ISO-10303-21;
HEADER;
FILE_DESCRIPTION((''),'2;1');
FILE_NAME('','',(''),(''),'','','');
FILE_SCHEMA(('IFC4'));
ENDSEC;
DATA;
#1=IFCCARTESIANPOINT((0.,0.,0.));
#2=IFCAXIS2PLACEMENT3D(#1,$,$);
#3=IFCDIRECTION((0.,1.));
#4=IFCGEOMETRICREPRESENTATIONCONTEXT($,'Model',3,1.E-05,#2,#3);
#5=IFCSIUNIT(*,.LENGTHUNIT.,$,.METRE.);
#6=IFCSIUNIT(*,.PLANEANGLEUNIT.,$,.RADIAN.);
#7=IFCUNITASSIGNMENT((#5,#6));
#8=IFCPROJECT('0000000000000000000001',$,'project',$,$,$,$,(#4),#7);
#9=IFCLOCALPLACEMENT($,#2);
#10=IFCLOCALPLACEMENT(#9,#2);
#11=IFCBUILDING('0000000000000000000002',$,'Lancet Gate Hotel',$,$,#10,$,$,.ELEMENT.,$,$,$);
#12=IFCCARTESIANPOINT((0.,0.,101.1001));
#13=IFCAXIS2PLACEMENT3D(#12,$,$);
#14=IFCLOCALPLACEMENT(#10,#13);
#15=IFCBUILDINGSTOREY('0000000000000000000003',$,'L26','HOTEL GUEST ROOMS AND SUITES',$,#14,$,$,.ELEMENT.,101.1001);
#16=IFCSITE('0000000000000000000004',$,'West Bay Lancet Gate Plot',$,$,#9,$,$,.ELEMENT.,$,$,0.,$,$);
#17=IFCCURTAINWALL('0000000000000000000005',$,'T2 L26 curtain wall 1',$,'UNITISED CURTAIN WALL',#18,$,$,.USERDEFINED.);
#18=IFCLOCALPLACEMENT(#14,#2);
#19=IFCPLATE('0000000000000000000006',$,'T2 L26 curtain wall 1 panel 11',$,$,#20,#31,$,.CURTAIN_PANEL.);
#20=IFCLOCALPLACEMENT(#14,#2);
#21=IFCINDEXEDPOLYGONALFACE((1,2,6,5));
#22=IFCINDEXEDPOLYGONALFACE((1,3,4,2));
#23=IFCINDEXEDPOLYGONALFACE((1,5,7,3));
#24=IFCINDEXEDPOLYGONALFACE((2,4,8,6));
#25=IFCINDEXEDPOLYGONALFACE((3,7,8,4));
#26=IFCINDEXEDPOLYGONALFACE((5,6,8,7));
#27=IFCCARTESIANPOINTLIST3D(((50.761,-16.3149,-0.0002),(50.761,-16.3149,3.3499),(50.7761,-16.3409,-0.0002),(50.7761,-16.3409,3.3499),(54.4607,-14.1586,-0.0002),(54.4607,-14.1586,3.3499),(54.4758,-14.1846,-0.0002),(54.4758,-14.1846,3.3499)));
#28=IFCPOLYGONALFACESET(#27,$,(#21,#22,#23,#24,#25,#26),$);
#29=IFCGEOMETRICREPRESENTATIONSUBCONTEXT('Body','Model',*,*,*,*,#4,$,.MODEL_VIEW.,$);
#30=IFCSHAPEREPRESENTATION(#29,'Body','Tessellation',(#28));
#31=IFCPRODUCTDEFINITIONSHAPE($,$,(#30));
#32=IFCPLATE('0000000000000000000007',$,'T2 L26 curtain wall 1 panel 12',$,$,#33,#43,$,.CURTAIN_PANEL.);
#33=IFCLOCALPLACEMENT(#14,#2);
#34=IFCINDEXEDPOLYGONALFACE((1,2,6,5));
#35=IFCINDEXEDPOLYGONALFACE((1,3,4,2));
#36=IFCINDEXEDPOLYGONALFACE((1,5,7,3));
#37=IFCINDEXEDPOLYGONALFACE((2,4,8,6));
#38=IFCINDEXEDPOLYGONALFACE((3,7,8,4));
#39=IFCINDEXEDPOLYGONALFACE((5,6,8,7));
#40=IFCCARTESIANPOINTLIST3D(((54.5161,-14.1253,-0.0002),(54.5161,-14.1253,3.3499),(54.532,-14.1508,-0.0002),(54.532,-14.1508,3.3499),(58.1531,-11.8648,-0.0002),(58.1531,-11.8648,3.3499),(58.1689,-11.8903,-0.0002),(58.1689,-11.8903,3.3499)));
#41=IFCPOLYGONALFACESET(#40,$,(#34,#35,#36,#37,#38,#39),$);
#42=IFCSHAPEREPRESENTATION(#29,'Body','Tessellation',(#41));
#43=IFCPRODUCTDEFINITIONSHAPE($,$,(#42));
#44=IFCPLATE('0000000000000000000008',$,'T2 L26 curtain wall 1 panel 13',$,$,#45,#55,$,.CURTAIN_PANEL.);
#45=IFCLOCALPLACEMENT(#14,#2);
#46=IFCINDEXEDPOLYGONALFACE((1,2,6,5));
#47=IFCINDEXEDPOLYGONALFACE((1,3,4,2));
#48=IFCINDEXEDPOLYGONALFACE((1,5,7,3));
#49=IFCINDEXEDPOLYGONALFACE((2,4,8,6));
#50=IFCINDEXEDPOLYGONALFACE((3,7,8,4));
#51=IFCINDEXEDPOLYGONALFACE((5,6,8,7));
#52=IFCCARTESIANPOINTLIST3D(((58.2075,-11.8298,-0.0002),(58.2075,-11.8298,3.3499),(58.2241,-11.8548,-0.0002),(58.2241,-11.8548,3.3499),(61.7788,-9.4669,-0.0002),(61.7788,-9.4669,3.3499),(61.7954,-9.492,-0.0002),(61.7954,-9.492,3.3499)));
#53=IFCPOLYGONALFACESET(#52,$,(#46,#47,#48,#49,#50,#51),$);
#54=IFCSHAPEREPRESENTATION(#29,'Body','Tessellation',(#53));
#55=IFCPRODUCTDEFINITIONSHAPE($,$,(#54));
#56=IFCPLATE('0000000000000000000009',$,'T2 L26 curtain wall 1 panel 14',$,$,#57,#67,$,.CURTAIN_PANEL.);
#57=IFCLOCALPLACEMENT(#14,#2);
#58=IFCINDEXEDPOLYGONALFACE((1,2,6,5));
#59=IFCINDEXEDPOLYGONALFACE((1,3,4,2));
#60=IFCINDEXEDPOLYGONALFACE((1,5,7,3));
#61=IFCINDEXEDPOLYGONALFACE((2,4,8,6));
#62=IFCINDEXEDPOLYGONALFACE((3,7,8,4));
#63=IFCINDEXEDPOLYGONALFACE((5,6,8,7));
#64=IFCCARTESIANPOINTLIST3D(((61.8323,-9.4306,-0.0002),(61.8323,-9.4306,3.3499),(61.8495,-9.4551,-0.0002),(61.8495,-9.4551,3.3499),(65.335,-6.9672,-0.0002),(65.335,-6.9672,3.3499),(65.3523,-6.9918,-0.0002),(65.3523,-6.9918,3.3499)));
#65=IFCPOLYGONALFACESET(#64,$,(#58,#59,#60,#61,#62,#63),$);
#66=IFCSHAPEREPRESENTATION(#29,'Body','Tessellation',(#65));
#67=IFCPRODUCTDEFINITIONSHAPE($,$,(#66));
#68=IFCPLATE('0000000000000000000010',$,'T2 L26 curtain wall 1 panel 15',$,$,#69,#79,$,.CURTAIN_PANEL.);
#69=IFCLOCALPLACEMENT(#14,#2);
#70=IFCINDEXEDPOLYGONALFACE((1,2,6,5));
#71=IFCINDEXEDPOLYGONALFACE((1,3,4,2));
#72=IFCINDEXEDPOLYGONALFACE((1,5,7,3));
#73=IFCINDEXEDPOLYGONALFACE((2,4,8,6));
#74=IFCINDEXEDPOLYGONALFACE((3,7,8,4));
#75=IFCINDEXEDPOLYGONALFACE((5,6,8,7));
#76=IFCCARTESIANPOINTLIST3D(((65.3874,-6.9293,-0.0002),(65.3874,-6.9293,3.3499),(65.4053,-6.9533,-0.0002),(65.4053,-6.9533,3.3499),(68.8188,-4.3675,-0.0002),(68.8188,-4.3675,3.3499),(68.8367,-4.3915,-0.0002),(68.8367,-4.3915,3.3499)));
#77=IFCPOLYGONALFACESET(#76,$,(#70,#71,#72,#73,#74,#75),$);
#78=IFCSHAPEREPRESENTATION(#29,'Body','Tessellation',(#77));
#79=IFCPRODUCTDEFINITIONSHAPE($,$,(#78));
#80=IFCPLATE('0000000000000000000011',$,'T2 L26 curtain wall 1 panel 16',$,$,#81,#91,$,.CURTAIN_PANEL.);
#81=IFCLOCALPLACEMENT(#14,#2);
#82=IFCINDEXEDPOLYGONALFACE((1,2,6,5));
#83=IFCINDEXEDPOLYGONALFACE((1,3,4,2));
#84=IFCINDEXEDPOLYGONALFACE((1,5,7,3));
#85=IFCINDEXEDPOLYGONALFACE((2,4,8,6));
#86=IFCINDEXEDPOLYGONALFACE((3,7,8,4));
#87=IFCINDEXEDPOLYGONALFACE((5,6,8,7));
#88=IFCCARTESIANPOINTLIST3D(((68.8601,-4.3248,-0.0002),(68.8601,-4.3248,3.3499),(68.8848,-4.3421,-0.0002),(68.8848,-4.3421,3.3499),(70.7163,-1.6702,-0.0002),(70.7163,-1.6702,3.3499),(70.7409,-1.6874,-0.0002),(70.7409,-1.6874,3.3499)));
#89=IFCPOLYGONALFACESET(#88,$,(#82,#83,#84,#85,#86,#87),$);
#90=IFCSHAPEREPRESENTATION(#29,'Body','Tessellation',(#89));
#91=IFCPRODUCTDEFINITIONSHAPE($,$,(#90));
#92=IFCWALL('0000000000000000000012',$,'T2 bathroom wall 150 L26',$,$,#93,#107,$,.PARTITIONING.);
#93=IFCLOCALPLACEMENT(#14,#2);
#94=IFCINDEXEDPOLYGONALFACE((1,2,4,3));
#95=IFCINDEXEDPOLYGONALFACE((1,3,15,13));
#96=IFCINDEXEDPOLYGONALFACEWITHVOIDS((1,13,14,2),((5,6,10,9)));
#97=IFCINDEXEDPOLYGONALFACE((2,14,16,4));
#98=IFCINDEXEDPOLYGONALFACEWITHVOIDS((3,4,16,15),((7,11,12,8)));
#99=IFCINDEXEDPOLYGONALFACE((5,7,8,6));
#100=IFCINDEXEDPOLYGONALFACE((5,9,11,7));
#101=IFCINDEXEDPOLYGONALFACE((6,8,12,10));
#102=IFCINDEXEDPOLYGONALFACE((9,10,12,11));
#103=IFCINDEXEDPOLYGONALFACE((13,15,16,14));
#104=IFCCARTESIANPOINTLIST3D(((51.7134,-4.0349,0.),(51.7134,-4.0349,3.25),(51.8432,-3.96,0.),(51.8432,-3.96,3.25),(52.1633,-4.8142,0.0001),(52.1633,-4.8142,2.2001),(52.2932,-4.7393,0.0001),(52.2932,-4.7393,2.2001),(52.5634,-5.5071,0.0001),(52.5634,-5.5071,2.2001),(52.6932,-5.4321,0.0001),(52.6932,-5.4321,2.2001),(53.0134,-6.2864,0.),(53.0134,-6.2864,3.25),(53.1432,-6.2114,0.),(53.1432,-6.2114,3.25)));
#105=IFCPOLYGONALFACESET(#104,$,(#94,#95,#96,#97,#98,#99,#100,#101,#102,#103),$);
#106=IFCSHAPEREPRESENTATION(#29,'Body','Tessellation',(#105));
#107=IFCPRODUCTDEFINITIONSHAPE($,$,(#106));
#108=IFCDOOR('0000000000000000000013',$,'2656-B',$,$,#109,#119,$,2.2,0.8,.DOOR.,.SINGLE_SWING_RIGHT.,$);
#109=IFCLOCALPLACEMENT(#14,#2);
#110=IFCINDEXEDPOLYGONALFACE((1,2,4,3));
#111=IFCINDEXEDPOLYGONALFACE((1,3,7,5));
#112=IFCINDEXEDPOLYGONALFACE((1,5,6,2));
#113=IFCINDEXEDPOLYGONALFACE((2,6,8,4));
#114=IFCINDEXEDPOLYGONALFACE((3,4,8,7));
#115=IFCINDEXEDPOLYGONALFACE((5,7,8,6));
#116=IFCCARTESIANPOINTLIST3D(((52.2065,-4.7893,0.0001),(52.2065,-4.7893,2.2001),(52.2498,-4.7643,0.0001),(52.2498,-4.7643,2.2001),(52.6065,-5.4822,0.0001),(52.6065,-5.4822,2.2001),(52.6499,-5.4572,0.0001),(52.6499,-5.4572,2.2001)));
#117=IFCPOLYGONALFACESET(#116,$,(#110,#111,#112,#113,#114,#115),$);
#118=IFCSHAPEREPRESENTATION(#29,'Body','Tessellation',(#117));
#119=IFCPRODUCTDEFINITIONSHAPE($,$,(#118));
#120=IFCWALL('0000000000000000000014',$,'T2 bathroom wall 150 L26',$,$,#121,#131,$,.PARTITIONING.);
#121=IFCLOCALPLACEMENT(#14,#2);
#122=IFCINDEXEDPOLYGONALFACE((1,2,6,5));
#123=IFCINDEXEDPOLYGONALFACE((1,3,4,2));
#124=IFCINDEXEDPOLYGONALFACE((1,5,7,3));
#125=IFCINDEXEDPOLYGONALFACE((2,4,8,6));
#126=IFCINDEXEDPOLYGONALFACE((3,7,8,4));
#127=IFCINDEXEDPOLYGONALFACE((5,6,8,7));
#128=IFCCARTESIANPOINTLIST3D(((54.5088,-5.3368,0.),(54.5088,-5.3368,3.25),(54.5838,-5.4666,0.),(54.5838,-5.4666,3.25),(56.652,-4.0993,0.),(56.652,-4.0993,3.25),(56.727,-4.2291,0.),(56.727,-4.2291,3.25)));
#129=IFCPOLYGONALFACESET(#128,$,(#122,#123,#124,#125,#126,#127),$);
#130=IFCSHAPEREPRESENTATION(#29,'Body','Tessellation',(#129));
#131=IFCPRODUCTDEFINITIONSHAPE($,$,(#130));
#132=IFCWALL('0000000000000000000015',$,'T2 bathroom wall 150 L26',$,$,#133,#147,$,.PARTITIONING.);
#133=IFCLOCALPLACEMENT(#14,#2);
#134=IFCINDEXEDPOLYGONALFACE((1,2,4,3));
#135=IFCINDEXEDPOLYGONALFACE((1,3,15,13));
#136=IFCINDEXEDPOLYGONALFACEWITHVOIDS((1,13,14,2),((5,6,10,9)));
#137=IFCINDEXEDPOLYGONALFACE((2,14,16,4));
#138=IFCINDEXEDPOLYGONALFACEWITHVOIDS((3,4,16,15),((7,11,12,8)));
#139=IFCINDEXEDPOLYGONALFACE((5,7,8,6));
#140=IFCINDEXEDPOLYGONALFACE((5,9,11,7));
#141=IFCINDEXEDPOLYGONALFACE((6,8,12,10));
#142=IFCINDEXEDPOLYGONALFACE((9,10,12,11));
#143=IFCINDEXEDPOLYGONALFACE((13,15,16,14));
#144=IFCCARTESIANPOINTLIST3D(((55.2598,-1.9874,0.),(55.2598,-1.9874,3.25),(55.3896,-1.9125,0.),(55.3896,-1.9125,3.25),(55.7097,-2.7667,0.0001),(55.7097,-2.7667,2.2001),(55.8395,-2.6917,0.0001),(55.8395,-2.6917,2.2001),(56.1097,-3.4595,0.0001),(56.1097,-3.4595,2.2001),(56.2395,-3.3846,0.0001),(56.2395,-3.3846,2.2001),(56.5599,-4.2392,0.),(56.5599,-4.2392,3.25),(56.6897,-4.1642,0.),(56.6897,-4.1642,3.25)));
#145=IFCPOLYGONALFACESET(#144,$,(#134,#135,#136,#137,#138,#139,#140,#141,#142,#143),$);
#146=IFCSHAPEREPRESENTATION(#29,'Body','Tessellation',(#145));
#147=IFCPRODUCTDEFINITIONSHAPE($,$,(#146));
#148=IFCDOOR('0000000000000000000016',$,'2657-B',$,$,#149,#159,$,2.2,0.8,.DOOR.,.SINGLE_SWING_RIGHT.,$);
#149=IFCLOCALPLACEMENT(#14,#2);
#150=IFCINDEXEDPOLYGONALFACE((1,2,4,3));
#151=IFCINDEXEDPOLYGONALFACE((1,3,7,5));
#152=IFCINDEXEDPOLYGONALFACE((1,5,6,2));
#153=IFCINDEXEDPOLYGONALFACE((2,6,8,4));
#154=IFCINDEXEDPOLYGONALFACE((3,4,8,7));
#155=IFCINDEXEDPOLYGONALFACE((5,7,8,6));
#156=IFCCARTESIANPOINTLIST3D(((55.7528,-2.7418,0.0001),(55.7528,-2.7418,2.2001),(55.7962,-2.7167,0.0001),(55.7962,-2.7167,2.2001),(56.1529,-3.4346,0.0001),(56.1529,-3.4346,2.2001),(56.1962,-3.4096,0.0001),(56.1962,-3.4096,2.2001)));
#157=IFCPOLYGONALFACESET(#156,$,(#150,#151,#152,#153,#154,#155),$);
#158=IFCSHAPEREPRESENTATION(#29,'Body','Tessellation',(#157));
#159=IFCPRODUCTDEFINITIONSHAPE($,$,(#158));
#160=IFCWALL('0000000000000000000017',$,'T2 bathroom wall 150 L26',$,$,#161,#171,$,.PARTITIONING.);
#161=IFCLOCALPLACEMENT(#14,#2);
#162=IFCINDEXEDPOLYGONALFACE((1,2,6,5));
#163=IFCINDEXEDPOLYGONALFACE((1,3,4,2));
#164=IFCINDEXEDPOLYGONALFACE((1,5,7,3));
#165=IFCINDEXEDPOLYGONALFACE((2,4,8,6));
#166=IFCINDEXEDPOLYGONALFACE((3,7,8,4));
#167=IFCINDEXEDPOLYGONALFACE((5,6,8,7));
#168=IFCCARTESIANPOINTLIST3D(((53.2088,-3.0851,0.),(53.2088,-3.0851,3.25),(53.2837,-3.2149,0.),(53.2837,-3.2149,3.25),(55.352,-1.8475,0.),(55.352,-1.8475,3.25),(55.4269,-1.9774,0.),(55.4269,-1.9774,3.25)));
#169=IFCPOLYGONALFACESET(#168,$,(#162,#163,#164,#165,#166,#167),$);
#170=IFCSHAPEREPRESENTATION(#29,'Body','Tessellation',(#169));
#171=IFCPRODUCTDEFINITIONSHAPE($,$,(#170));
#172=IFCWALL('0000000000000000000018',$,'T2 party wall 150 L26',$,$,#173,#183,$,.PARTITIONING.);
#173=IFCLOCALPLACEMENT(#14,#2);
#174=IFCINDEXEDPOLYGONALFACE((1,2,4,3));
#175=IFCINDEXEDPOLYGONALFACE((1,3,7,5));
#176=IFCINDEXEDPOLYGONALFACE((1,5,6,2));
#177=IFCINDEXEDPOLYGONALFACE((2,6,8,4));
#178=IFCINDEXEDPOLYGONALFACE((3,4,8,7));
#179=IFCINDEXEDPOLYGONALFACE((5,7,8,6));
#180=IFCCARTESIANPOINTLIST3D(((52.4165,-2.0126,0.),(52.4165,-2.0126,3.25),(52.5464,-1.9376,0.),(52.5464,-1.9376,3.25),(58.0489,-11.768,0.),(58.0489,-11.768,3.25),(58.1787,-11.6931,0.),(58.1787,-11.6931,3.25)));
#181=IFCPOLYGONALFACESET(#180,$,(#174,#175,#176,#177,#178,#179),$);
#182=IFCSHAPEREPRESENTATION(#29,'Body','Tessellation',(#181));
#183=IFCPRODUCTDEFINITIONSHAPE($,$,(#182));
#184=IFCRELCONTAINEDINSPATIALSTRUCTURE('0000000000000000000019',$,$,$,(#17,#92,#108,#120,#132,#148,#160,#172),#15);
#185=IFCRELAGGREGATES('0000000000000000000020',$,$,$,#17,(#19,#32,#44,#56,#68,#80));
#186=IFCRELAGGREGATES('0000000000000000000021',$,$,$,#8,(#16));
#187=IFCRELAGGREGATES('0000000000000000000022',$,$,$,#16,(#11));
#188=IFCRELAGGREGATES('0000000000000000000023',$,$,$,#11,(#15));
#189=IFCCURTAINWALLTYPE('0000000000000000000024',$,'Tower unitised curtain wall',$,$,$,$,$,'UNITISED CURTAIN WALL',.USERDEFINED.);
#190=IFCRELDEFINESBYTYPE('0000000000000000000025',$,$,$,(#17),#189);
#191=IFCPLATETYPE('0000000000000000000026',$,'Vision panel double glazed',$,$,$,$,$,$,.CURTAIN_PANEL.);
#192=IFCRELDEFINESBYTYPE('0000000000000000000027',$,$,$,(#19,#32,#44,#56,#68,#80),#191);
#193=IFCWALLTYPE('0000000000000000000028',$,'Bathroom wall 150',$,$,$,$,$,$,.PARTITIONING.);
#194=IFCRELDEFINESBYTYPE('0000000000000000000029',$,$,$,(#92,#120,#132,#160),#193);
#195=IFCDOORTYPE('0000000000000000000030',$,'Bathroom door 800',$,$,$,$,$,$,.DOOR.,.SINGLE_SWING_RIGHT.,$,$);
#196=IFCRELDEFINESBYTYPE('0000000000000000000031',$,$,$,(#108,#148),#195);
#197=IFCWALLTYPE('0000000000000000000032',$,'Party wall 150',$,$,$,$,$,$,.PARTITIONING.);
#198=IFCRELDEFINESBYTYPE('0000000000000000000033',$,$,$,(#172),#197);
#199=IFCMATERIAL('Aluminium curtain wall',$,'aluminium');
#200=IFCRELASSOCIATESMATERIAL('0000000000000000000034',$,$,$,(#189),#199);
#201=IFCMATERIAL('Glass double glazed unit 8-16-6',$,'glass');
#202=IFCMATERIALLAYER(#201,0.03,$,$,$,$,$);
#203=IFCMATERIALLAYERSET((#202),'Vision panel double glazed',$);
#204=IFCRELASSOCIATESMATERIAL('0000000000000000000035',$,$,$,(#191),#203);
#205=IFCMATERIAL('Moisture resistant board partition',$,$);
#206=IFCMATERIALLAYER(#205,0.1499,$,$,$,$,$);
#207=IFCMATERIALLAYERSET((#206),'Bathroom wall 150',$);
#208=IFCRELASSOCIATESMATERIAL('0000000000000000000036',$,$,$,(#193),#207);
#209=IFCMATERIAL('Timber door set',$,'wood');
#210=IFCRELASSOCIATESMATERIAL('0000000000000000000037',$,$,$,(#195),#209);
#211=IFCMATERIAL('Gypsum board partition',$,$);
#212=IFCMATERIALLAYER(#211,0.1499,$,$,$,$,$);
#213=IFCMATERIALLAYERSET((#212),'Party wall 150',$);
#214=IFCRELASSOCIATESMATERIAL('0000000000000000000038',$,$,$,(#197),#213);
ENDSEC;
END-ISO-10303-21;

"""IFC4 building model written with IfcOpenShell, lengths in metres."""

from ifc_helpers import new_model, si_unit, direction, frame, frame_2d, origin, origin_2d, place, context, subcontext, project, spatial, rectangle, extrude, material, layer, layer_set, type_object, element, fill, aggregate, save


model = new_model("IFC4")

# Units and contexts
model_context = context("Model", 3, precision=1e-05, world=origin(), true_north=direction((0.0, 1.0)))
body_context = subcontext(model_context, "Body", "Model", "MODEL_VIEW")
ifc_project = project(units=[si_unit("LENGTHUNIT", "METRE"), si_unit("PLANEANGLEUNIT", "RADIAN")], contexts=[model_context])

# Site, building, storey
site_placement = place(None, origin())
site = spatial("IfcSite", under=ifc_project, at=site_placement, Name="West Bay Lancet Gate Plot", CompositionType="ELEMENT", RefElevation=0.0)
building_placement = place(site_placement, origin())
building = spatial("IfcBuilding", under=site, at=building_placement, Name="Lancet Gate Hotel", CompositionType="ELEMENT")
storey_placement = place(building_placement, frame((0.0, 0.0, 101.1001)))
storey = spatial("IfcBuildingStorey", under=building, at=storey_placement, Name="L26", Description="HOTEL GUEST ROOMS AND SUITES", CompositionType="ELEMENT", Elevation=101.1001)

# Curtain wall
ifc_material_1 = material(Name="Aluminium curtain wall", Category="aluminium")
curtain_wall_type = type_object("IfcCurtainWallType", Name="Tower unitised curtain wall", ElementType="UNITISED CURTAIN WALL", PredefinedType="USERDEFINED", material=ifc_material_1)
curtain_wall_placement = place(storey_placement, origin())
curtain_wall = element("IfcCurtainWall", 1, at=curtain_wall_placement, inside=storey, type_object=curtain_wall_type, Name="T2 L26 curtain wall 1", ObjectType="UNITISED CURTAIN WALL", PredefinedType="USERDEFINED")

# Plates
ifc_material_2 = material(Name="Glass double glazed unit 8-16-6", Category="glass")
ifc_layer_1 = layer(ifc_material_2, 0.03)
ifc_layer_set_1 = layer_set([ifc_layer_1], Name="Vision panel double glazed")
plate_type = type_object("IfcPlateType", Name="Vision panel double glazed", PredefinedType="CURTAIN_PANEL", material=ifc_layer_set_1)
plate_1_placement = place(storey_placement, frame((52.6184, -15.2498, -0.0002), z_axis=(0.0, 0.0, 1.0), x_axis=(0.863966, 0.503551, 0.0)))
plate_1 = element("IfcPlate", 2, at=plate_1_placement, type_object=plate_type, Name="T2 L26 curtain wall 1 panel 11", PredefinedType="CURTAIN_PANEL", context=body_context, shape_type="SweptSolid", body=[
    extrude(rectangle(XDim=4.2822, YDim=0.03, at=origin_2d()), origin(), (0.0, 0.0, 1.0), 3.3501),
])
plate_2_placement = place(storey_placement, frame((56.3425, -13.0078, -0.0002), z_axis=(0.0, 0.0, 1.0), x_axis=(0.849318, 0.527882, 0.0)))
plate_2 = element("IfcPlate", 3, at=plate_2_placement, type_object=plate_type, Name="T2 L26 curtain wall 1 panel 12", PredefinedType="CURTAIN_PANEL", context=body_context, shape_type="SweptSolid", body=[
    extrude(rectangle(XDim=4.2822, YDim=0.03, at=origin_2d()), origin(), (0.0, 0.0, 1.0), 3.3501),
])
plate_3_placement = place(storey_placement, frame((60.0015, -10.6609, -0.0002), z_axis=(0.0, 0.0, 1.0), x_axis=(0.833985, 0.551787, 0.0)))
plate_3 = element("IfcPlate", 4, at=plate_3_placement, type_object=plate_type, Name="T2 L26 curtain wall 1 panel 13", PredefinedType="CURTAIN_PANEL", context=body_context, shape_type="SweptSolid", body=[
    extrude(rectangle(XDim=4.2822, YDim=0.03, at=origin_2d()), origin(), (0.0, 0.0, 1.0), 3.3501),
])
plate_4_placement = place(storey_placement, frame((63.5923, -8.2112, -0.0002), z_axis=(0.0, 0.0, 1.0), x_axis=(0.817979, 0.575247, 0.0)))
plate_4 = element("IfcPlate", 5, at=plate_4_placement, type_object=plate_type, Name="T2 L26 curtain wall 1 panel 14", PredefinedType="CURTAIN_PANEL", context=body_context, shape_type="SweptSolid", body=[
    extrude(rectangle(XDim=4.2822, YDim=0.03, at=origin_2d()), origin(), (0.0, 0.0, 1.0), 3.3501),
])
plate_5_placement = place(storey_placement, frame((67.1121, -5.6604, -0.0002), z_axis=(0.0, 0.0, 1.0), x_axis=(0.801314, 0.598244, 0.0)))
plate_5 = element("IfcPlate", 6, at=plate_5_placement, type_object=plate_type, Name="T2 L26 curtain wall 1 panel 15", PredefinedType="CURTAIN_PANEL", context=body_context, shape_type="SweptSolid", body=[
    extrude(rectangle(XDim=4.2822, YDim=0.03, at=origin_2d()), origin(), (0.0, 0.0, 1.0), 3.3501),
])
plate_6_placement = place(storey_placement, frame((69.8005, -3.0061, -0.0002), z_axis=(0.0, 0.0, 1.0), x_axis=(0.573025, 0.819538, 0.0)))
plate_6 = element("IfcPlate", 7, at=plate_6_placement, type_object=plate_type, Name="T2 L26 curtain wall 1 panel 16", PredefinedType="CURTAIN_PANEL", context=body_context, shape_type="SweptSolid", body=[
    extrude(rectangle(XDim=3.2393, YDim=0.03, at=origin_2d()), origin(), (0.0, 0.0, 1.0), 3.3501),
])
aggregate(curtain_wall, [plate_1, plate_2, plate_3, plate_4, plate_5, plate_6])

# Wall, opening, door
ifc_material_3 = material(Name="Moisture resistant board partition")
ifc_layer_2 = layer(ifc_material_3, 0.1499)
ifc_layer_set_2 = layer_set([ifc_layer_2], Name="Bathroom wall 150")
wall_type_1 = type_object("IfcWallType", Name="Bathroom wall 150", PredefinedType="PARTITIONING", material=ifc_layer_set_2)
wall_1_placement = place(storey_placement, frame((51.7783, -3.9976, 0.0), z_axis=(0.0, 0.0, 1.0), x_axis=(0.500048, -0.865998, 0.0)))
wall_1 = element("IfcWall", 8, at=wall_1_placement, inside=storey, type_object=wall_type_1, Name="T2 bathroom wall 150 L26", PredefinedType="PARTITIONING", context=body_context, shape_type="SweptSolid", body=[
    extrude(rectangle(XDim=2.5999, YDim=0.1499, at=frame_2d((1.2998, 0.0))), origin(), (0.0, 0.0, 1.0), 3.25),
])
opening_1_placement = place(wall_1_placement, frame((0.8999, 0.0, 0.0)))
opening_1 = element("IfcOpeningElement", 9, at=opening_1_placement, cuts=wall_1, PredefinedType="OPENING", context=body_context, shape_type="SweptSolid", body=[
    extrude(rectangle(XDim=0.8, YDim=2.2, at=frame_2d((0.3999, 1.1001))), frame((0.0, 0.085, 0.0), z_axis=(0.0, -1.0, 0.0), x_axis=(1.0, 0.0, 0.0)), (0.0, 0.0, 1.0), 0.1699),
])
ifc_material_4 = material(Name="Timber door set", Category="wood")
door_type = type_object("IfcDoorType", Name="Bathroom door 800", OperationType="SINGLE_SWING_RIGHT", PredefinedType="DOOR", material=ifc_material_4)
door_1_placement = place(opening_1_placement, origin())
door_1 = element("IfcDoor", 10, at=door_1_placement, inside=storey, type_object=door_type, Name="2656-B", OperationType="SINGLE_SWING_RIGHT", OverallHeight=2.2, OverallWidth=0.8, PredefinedType="DOOR", context=body_context, shape_type="SweptSolid", body=[
    extrude(rectangle(XDim=0.8, YDim=2.2, at=frame_2d((0.3999, 1.1001))), frame((0.0, 0.0249, 0.0), z_axis=(0.0, -1.0, 0.0), x_axis=(1.0, 0.0, 0.0)), (0.0, 0.0, 1.0), 0.05),
])
fill(opening_1, door_1)

# Wall
wall_2_placement = place(storey_placement, frame((54.5464, -5.4016, 0.0), z_axis=(0.0, 0.0, 1.0), x_axis=(0.866007, 0.500033, 0.0)))
element("IfcWall", 11, at=wall_2_placement, inside=storey, type_object=wall_type_1, Name="T2 bathroom wall 150 L26", PredefinedType="PARTITIONING", context=body_context, shape_type="SweptSolid", body=[
    extrude(rectangle(XDim=2.4749, YDim=0.1499, at=frame_2d((1.2373, 0.0))), origin(), (0.0, 0.0, 1.0), 3.25),
])

# Wall, opening, door
wall_3_placement = place(storey_placement, frame((55.3247, -1.95, 0.0), z_axis=(0.0, 0.0, 1.0), x_axis=(0.500007, -0.866021, 0.0)))
wall_3 = element("IfcWall", 12, at=wall_3_placement, inside=storey, type_object=wall_type_1, Name="T2 bathroom wall 150 L26", PredefinedType="PARTITIONING", context=body_context, shape_type="SweptSolid", body=[
    extrude(rectangle(XDim=2.6001, YDim=0.1499, at=frame_2d((1.3, 0.0))), origin(), (0.0, 0.0, 1.0), 3.25),
])
opening_2_placement = place(wall_3_placement, frame((0.8999, 0.0, 0.0)))
opening_2 = element("IfcOpeningElement", 13, at=opening_2_placement, cuts=wall_3, PredefinedType="OPENING", context=body_context, shape_type="SweptSolid", body=[
    extrude(rectangle(XDim=0.8, YDim=2.2, at=frame_2d((0.3999, 1.1001))), frame((0.0, 0.085, 0.0), z_axis=(0.0, -1.0, 0.0), x_axis=(1.0, 0.0, 0.0)), (0.0, 0.0, 1.0), 0.1699),
])
door_2_placement = place(opening_2_placement, origin())
door_2 = element("IfcDoor", 14, at=door_2_placement, inside=storey, type_object=door_type, Name="2657-B", OperationType="SINGLE_SWING_RIGHT", OverallHeight=2.2, OverallWidth=0.8, PredefinedType="DOOR", context=body_context, shape_type="SweptSolid", body=[
    extrude(rectangle(XDim=0.8, YDim=2.2, at=frame_2d((0.3999, 1.1001))), frame((0.0, 0.0249, 0.0), z_axis=(0.0, -1.0, 0.0), x_axis=(1.0, 0.0, 0.0)), (0.0, 0.0, 1.0), 0.05),
])
fill(opening_2, door_2)

# Walls
wall_4_placement = place(storey_placement, frame((53.2463, -3.1499, 0.0), z_axis=(0.0, 0.0, 1.0), x_axis=(0.866007, 0.500033, 0.0)))
element("IfcWall", 15, at=wall_4_placement, inside=storey, type_object=wall_type_1, Name="T2 bathroom wall 150 L26", PredefinedType="PARTITIONING", context=body_context, shape_type="SweptSolid", body=[
    extrude(rectangle(XDim=2.4749, YDim=0.1499, at=frame_2d((1.2373, 0.0))), origin(), (0.0, 0.0, 1.0), 3.25),
])
ifc_material_5 = material(Name="Gypsum board partition")
ifc_layer_3 = layer(ifc_material_5, 0.1499)
ifc_layer_set_3 = layer_set([ifc_layer_3], Name="Party wall 150")
wall_type_2 = type_object("IfcWallType", Name="Party wall 150", PredefinedType="PARTITIONING", material=ifc_layer_set_3)
wall_5_placement = place(storey_placement, frame((52.4814, -1.9751, 0.0), z_axis=(0.0, 0.0, 1.0), x_axis=(0.500004, -0.866023, 0.0)))
element("IfcWall", 16, at=wall_5_placement, inside=storey, type_object=wall_type_2, Name="T2 party wall 150 L26", PredefinedType="PARTITIONING", context=body_context, shape_type="SweptSolid", body=[
    extrude(rectangle(XDim=11.2646, YDim=0.1499, at=frame_2d((5.6323, 0.0))), origin(), (0.0, 0.0, 1.0), 3.25),
])

save(model, "model.ifc")
